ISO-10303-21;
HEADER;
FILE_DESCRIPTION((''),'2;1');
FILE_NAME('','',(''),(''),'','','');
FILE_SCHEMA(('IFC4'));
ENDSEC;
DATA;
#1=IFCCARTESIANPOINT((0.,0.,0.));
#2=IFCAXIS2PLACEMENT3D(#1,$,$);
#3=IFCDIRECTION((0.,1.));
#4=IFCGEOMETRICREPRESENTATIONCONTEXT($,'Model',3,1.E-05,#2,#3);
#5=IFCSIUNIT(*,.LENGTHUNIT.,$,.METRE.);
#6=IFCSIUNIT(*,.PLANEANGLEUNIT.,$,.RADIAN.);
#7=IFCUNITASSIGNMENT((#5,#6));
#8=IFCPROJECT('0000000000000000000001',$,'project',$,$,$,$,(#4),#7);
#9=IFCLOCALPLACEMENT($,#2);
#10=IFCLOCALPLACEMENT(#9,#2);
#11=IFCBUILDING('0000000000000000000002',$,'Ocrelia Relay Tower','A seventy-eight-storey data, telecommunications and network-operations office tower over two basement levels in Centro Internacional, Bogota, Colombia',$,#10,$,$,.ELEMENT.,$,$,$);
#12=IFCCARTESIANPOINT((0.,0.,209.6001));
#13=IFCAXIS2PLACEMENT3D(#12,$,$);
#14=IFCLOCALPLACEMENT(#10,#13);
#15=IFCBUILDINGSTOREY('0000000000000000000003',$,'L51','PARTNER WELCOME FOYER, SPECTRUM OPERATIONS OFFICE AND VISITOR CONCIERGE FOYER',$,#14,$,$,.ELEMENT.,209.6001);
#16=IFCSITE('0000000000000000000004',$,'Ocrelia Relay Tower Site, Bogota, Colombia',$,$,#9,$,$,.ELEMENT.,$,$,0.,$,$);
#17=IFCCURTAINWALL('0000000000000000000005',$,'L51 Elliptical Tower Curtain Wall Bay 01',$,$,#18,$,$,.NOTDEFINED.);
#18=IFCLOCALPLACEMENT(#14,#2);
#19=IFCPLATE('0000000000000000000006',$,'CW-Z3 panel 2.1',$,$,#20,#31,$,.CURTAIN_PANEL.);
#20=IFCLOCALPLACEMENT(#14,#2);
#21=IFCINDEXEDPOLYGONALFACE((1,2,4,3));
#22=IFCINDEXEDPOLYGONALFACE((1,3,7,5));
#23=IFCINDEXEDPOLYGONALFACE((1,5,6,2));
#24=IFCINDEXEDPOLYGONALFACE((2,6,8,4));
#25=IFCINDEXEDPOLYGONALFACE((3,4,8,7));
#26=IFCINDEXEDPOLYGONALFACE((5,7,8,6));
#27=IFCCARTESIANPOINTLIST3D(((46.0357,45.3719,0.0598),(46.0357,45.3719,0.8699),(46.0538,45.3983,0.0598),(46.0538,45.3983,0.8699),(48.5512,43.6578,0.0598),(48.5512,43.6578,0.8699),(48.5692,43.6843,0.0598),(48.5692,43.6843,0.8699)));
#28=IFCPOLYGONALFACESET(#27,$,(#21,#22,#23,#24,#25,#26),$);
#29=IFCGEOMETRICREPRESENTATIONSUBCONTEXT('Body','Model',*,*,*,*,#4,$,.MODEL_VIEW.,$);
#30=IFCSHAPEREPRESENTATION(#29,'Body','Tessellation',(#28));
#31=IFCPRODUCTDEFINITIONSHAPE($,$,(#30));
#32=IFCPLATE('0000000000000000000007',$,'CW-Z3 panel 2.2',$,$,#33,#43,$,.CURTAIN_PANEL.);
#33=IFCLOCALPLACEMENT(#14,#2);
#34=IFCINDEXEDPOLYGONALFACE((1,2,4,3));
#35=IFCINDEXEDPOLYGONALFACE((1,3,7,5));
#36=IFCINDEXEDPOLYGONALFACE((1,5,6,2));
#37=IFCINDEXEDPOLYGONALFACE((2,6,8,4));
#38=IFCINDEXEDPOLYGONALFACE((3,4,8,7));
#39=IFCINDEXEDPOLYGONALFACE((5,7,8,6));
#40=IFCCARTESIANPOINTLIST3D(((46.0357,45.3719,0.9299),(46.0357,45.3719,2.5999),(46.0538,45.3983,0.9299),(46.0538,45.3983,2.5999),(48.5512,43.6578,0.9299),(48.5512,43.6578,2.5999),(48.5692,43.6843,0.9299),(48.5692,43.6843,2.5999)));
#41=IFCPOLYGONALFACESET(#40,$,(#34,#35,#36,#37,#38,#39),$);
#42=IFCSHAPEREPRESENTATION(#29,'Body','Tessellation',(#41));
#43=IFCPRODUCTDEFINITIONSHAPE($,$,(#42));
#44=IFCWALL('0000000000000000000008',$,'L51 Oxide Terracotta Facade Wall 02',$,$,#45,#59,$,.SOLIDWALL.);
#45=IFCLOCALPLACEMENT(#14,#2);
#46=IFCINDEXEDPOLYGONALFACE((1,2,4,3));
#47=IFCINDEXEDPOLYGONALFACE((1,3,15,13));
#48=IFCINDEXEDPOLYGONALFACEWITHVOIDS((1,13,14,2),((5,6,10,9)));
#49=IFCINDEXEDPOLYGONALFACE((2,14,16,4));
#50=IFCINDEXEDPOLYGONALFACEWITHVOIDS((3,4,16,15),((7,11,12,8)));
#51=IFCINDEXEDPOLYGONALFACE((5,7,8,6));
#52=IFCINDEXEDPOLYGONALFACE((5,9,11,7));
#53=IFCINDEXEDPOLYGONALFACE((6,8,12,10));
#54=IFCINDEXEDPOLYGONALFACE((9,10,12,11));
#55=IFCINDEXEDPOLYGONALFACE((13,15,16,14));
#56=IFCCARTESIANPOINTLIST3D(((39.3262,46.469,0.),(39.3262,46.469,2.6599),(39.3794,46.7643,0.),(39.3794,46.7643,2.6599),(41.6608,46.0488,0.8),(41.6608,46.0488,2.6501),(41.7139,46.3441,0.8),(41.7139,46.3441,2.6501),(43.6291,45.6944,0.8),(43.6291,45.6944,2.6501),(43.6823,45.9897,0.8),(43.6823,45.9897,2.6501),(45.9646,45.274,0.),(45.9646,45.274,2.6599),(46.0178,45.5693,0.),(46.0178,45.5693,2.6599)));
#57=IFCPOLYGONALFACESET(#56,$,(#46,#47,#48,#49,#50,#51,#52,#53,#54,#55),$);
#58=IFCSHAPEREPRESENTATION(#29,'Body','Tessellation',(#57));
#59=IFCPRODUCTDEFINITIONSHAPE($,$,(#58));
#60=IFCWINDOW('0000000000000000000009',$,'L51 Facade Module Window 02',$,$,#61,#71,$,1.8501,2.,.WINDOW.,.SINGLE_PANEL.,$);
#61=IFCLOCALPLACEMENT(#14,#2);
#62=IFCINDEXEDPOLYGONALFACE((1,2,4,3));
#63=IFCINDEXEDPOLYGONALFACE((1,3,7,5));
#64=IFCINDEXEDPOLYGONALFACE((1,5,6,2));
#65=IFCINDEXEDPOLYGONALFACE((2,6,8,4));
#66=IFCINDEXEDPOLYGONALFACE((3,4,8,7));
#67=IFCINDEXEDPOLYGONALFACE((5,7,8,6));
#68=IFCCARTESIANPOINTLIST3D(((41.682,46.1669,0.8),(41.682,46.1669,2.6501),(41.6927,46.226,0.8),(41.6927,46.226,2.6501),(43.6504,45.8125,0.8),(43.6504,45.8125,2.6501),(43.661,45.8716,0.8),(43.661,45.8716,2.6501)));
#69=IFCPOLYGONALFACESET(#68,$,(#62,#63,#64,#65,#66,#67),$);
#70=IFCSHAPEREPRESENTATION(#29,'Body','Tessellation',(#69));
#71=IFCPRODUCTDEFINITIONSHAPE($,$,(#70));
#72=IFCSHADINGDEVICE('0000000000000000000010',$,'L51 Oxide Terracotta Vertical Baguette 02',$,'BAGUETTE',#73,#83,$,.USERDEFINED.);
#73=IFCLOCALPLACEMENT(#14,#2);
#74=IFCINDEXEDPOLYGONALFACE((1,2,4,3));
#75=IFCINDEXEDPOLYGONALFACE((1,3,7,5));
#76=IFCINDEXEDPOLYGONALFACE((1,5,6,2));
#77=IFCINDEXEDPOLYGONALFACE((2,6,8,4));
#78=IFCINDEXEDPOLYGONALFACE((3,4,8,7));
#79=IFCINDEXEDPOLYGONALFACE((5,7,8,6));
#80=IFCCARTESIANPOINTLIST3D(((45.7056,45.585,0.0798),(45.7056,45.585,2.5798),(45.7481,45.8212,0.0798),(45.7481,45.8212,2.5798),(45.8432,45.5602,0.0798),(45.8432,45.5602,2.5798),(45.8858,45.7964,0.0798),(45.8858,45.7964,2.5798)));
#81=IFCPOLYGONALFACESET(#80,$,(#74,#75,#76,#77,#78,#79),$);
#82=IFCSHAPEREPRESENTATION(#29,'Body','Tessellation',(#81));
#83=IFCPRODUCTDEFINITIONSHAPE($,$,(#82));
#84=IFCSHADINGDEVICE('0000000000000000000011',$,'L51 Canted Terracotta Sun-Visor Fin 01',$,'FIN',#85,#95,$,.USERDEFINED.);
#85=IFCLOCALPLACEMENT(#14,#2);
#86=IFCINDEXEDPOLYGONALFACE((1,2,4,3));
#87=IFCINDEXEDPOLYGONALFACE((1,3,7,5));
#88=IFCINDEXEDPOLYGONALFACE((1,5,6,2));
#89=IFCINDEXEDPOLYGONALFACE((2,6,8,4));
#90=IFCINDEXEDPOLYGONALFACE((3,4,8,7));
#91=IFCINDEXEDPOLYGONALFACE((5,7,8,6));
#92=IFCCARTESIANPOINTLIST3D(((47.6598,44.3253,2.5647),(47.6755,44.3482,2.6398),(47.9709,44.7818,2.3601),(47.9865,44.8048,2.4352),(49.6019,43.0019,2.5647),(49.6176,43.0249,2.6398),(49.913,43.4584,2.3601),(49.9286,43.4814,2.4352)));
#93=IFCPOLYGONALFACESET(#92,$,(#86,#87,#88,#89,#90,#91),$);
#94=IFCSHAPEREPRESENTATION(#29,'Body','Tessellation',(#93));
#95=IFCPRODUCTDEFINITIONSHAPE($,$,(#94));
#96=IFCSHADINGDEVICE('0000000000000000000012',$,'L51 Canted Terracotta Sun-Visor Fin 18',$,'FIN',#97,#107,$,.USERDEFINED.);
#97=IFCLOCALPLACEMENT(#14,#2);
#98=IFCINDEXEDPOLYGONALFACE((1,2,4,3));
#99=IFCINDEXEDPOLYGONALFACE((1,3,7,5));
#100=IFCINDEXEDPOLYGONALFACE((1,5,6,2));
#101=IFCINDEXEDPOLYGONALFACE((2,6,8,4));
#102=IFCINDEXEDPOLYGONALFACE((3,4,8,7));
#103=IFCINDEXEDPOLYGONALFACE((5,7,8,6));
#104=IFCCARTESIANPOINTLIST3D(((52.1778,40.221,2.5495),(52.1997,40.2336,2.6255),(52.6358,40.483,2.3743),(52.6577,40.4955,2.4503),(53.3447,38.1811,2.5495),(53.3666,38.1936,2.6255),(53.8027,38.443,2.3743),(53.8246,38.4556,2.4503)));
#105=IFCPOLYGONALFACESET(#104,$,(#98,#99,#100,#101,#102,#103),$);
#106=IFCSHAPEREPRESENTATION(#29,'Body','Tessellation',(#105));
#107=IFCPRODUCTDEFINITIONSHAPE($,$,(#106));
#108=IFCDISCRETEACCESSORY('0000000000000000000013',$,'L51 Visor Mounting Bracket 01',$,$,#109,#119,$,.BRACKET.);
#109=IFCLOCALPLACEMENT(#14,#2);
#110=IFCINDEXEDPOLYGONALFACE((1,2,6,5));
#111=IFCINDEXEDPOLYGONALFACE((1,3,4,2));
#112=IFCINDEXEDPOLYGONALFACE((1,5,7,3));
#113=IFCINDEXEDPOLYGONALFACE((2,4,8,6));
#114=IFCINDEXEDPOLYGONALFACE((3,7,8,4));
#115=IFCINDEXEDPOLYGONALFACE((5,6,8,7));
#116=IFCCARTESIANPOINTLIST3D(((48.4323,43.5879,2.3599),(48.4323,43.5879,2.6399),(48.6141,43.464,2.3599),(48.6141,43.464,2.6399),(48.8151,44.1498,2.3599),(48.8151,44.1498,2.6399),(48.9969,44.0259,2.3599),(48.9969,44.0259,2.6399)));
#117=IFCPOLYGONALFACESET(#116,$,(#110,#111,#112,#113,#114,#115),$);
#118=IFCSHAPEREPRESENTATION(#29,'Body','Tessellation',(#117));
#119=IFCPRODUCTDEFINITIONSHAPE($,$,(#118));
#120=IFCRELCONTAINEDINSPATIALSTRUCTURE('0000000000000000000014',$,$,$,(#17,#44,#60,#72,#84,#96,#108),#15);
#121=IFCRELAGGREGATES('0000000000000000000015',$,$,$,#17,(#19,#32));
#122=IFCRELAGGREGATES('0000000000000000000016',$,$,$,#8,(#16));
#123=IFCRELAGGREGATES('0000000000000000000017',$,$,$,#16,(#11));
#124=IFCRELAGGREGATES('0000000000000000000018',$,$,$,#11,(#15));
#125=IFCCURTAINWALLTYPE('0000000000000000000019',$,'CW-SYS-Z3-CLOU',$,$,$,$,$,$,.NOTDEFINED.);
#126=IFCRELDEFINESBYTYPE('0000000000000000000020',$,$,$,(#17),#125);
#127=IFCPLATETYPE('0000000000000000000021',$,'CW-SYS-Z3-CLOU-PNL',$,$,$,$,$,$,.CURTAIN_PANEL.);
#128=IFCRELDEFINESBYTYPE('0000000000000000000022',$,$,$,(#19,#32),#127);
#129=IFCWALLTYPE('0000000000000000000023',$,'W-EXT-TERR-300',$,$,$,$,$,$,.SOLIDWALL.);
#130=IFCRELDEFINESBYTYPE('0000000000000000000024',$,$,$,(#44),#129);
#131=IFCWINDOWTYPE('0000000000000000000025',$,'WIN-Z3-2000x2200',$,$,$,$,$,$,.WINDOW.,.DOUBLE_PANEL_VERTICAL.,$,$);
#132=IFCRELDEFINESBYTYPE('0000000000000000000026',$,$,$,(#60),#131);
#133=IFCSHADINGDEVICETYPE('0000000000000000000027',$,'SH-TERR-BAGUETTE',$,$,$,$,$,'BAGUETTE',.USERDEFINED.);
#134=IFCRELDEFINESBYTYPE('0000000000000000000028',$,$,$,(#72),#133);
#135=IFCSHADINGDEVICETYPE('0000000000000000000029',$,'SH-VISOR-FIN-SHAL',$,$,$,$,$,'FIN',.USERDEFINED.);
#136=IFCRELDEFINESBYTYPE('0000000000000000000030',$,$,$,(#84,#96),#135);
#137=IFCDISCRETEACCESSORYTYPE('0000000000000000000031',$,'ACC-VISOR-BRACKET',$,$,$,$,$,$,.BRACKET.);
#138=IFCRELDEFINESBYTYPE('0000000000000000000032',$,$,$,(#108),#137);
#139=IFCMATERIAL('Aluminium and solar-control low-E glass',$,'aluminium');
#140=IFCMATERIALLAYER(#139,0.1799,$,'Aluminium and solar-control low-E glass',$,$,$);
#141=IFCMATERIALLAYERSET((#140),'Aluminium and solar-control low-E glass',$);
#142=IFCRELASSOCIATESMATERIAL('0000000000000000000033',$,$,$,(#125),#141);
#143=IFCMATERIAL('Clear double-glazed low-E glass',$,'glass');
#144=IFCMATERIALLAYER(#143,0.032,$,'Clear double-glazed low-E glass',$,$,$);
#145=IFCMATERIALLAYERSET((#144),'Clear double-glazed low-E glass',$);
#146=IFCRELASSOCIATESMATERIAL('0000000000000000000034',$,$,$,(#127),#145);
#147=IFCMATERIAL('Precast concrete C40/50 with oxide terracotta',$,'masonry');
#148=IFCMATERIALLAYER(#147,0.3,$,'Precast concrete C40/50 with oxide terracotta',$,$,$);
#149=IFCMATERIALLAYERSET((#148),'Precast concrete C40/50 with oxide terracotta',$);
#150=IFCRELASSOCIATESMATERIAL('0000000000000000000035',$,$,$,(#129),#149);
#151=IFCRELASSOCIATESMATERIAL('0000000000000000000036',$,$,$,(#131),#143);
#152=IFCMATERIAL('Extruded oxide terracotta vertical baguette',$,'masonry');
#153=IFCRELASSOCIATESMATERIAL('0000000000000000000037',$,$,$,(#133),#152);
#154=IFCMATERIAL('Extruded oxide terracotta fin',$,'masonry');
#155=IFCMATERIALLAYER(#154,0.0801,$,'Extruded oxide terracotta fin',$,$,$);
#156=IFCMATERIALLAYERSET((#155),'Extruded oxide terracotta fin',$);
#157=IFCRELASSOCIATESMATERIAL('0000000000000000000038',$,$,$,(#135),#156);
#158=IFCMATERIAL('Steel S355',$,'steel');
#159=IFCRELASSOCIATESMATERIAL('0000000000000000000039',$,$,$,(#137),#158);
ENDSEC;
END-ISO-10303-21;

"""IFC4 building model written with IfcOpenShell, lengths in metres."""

from ifc_helpers import new_model, si_unit, direction, frame, frame_2d, origin, origin_2d, place, context, subcontext, project, spatial, rectangle, extrude, material, layer, layer_set, type_object, element, fill, aggregate, save


model = new_model("IFC4")

# Units and contexts
model_context = context("Model", 3, precision=1e-05, world=origin(), true_north=direction((0.0, 1.0)))
body_context = subcontext(model_context, "Body", "Model", "MODEL_VIEW")
ifc_project = project(units=[si_unit("LENGTHUNIT", "METRE"), si_unit("PLANEANGLEUNIT", "RADIAN")], contexts=[model_context])

# Site, building, storey
site_placement = place(None, origin())
site = spatial("IfcSite", under=ifc_project, at=site_placement, Name="Ocrelia Relay Tower Site, Bogota, Colombia", CompositionType="ELEMENT", RefElevation=0.0)
building_placement = place(site_placement, origin())
building = spatial("IfcBuilding", under=site, at=building_placement, Name="Ocrelia Relay Tower", Description="A seventy-eight-storey data, telecommunications and network-operations office tower over two basement levels in Centro Internacional, Bogota, Colombia", CompositionType="ELEMENT")
storey_placement = place(building_placement, frame((0.0, 0.0, 209.6001)))
storey = spatial("IfcBuildingStorey", under=building, at=storey_placement, Name="L51", Description="PARTNER WELCOME FOYER, SPECTRUM OPERATIONS OFFICE AND VISITOR CONCIERGE FOYER", CompositionType="ELEMENT", Elevation=209.6001)

# Curtain wall, plates
ifc_material_1 = material(Name="Aluminium and solar-control low-E glass", Category="aluminium")
ifc_layer_1 = layer(ifc_material_1, 0.1799, Name="Aluminium and solar-control low-E glass")
ifc_layer_set_1 = layer_set([ifc_layer_1], Name="Aluminium and solar-control low-E glass")
curtain_wall_type = type_object("IfcCurtainWallType", Name="CW-SYS-Z3-CLOU", PredefinedType="NOTDEFINED", material=ifc_layer_set_1)
curtain_wall_placement = place(storey_placement, origin())
curtain_wall = element("IfcCurtainWall", 1, at=curtain_wall_placement, inside=storey, type_object=curtain_wall_type, Name="L51 Elliptical Tower Curtain Wall Bay 01", PredefinedType="NOTDEFINED")
ifc_material_2 = material(Name="Clear double-glazed low-E glass", Category="glass")
ifc_layer_2 = layer(ifc_material_2, 0.032, Name="Clear double-glazed low-E glass")
ifc_layer_set_2 = layer_set([ifc_layer_2], Name="Clear double-glazed low-E glass")
plate_type = type_object("IfcPlateType", Name="CW-SYS-Z3-CLOU-PNL", PredefinedType="CURTAIN_PANEL", material=ifc_layer_set_2)
plate_1_placement = place(storey_placement, frame((47.3025, 44.5281, 0.0598), z_axis=(0.0, 0.0, 1.0), x_axis=(-0.82639, 0.563098, 0.0)))
plate_1 = element("IfcPlate", 2, at=plate_1_placement, type_object=plate_type, Name="CW-Z3 panel 2.1", PredefinedType="CURTAIN_PANEL", context=body_context, shape_type="SweptSolid", body=[
    extrude(rectangle(XDim=3.0439, YDim=0.032, at=origin_2d()), origin(), (0.0, 0.0, 1.0), 0.8101),
])
plate_2_placement = place(storey_placement, frame((47.3025, 44.5281, 0.9299), z_axis=(0.0, 0.0, 1.0), x_axis=(-0.82639, 0.563098, 0.0)))
plate_2 = element("IfcPlate", 3, at=plate_2_placement, type_object=plate_type, Name="CW-Z3 panel 2.2", PredefinedType="CURTAIN_PANEL", context=body_context, shape_type="SweptSolid", body=[
    extrude(rectangle(XDim=3.0439, YDim=0.032, at=origin_2d()), origin(), (0.0, 0.0, 1.0), 1.6699),
])
aggregate(curtain_wall, [plate_1, plate_2])

# Wall, opening, window
ifc_material_3 = material(Name="Precast concrete C40/50 with oxide terracotta", Category="masonry")
ifc_layer_3 = layer(ifc_material_3, 0.3, Name="Precast concrete C40/50 with oxide terracotta")
ifc_layer_set_3 = layer_set([ifc_layer_3], Name="Precast concrete C40/50 with oxide terracotta")
wall_type = type_object("IfcWallType", Name="W-EXT-TERR-300", PredefinedType="SOLIDWALL", material=ifc_layer_set_3)
wall_placement = place(storey_placement, frame((45.9912, 45.4216, 0.0), z_axis=(0.0, 0.0, 1.0), x_axis=(-0.984179, 0.177175, 0.0)))
wall = element("IfcWall", 4, at=wall_placement, inside=storey, type_object=wall_type, Name="L51 Oxide Terracotta Facade Wall 02", PredefinedType="SOLIDWALL", context=body_context, shape_type="SweptSolid", body=[
    extrude(rectangle(XDim=6.7451, YDim=0.3, at=frame_2d((3.3726, 0.0))), origin(), (0.0, 0.0, 1.0), 2.6599),
])
opening_placement = place(wall_placement, frame((2.373, 0.0, 0.8)))
opening = element("IfcOpeningElement", 5, at=opening_placement, cuts=wall, PredefinedType="OPENING", context=body_context, shape_type="SweptSolid", body=[
    extrude(rectangle(XDim=2.0, YDim=1.8501, at=frame_2d((1.0, 0.925))), frame((0.0, 0.1602, 0.0), z_axis=(0.0, -1.0, 0.0), x_axis=(1.0, 0.0, 0.0)), (0.0, 0.0, 1.0), 0.3201),
])
window_type = type_object("IfcWindowType", Name="WIN-Z3-2000x2200", PartitioningType="DOUBLE_PANEL_VERTICAL", PredefinedType="WINDOW", material=ifc_material_2)
window_placement = place(opening_placement, origin())
window = element("IfcWindow", 6, at=window_placement, inside=storey, type_object=window_type, Name="L51 Facade Module Window 02", OverallHeight=1.8501, OverallWidth=2.0, PartitioningType="SINGLE_PANEL", PredefinedType="WINDOW", context=body_context, shape_type="SweptSolid", body=[
    extrude(rectangle(XDim=2.0, YDim=1.8501, at=frame_2d((1.0, 0.925))), frame((0.0, 0.03, 0.0), z_axis=(0.0, -1.0, 0.0), x_axis=(1.0, 0.0, 0.0)), (0.0, 0.0, 1.0), 0.0601),
])
fill(opening, window)

# Shading devices
ifc_material_4 = material(Name="Extruded oxide terracotta vertical baguette", Category="masonry")
shading_device_type_1 = type_object("IfcShadingDeviceType", Name="SH-TERR-BAGUETTE", ElementType="BAGUETTE", PredefinedType="USERDEFINED", material=ifc_material_4)
shading_device_1_placement = place(storey_placement, frame((45.7957, 45.6907, 0.0798), z_axis=(0.0, 0.0, 1.0), x_axis=(-0.984178, 0.177183, 0.0)))
element("IfcShadingDevice", 7, at=shading_device_1_placement, inside=storey, type_object=shading_device_type_1, Name="L51 Oxide Terracotta Vertical Baguette 02", ObjectType="BAGUETTE", PredefinedType="USERDEFINED", context=body_context, shape_type="SweptSolid", body=[
    extrude(rectangle(XDim=0.1399, YDim=0.24, at=origin_2d()), origin(), (0.0, 0.0, 1.0), 2.5),
])
ifc_material_5 = material(Name="Extruded oxide terracotta fin", Category="masonry")
ifc_layer_4 = layer(ifc_material_5, 0.0801, Name="Extruded oxide terracotta fin")
ifc_layer_set_4 = layer_set([ifc_layer_4], Name="Extruded oxide terracotta fin")
shading_device_type_2 = type_object("IfcShadingDeviceType", Name="SH-VISOR-FIN-SHAL", ElementType="FIN", PredefinedType="USERDEFINED", material=ifc_layer_set_4)
shading_device_2_placement = place(storey_placement, frame((48.7864, 43.8918, 2.4624), z_axis=(0.195635, 0.28711, 0.937707), x_axis=(-0.82639, 0.563098, 0.0)))
element("IfcShadingDevice", 8, at=shading_device_2_placement, inside=storey, type_object=shading_device_type_2, Name="L51 Canted Terracotta Sun-Visor Fin 01", ObjectType="FIN", PredefinedType="USERDEFINED", context=body_context, shape_type="SweptSolid", body=[
    extrude(rectangle(XDim=2.3501, YDim=0.5891, at=origin_2d()), origin(), (0.0, 0.0, 1.0), 0.0801),
])
shading_device_3_placement = place(storey_placement, frame((52.9902, 39.332, 2.4619), z_axis=(0.273559, 0.156481, 0.949041), x_axis=(-0.496525, 0.868023, 0.0)))
element("IfcShadingDevice", 9, at=shading_device_3_placement, inside=storey, type_object=shading_device_type_2, Name="L51 Canted Terracotta Sun-Visor Fin 18", ObjectType="FIN", PredefinedType="USERDEFINED", context=body_context, shape_type="SweptSolid", body=[
    extrude(rectangle(XDim=2.3501, YDim=0.5559, at=origin_2d()), origin(), (0.0, 0.0, 1.0), 0.0801),
])

# Discrete accessory
ifc_material_6 = material(Name="Steel S355", Category="steel")
discrete_accessory_type = type_object("IfcDiscreteAccessoryType", Name="ACC-VISOR-BRACKET", PredefinedType="BRACKET", material=ifc_material_6)
discrete_accessory_placement = place(storey_placement, frame((48.7146, 43.8069, 2.3599), z_axis=(0.0, 0.0, 1.0), x_axis=(-0.82639, 0.563098, 0.0)))
element("IfcDiscreteAccessory", 10, at=discrete_accessory_placement, inside=storey, type_object=discrete_accessory_type, Name="L51 Visor Mounting Bracket 01", PredefinedType="BRACKET", context=body_context, shape_type="SweptSolid", body=[
    extrude(rectangle(XDim=0.22, YDim=0.6799, at=origin_2d()), origin(), (0.0, 0.0, 1.0), 0.28),
])

save(model, "model.ifc")
